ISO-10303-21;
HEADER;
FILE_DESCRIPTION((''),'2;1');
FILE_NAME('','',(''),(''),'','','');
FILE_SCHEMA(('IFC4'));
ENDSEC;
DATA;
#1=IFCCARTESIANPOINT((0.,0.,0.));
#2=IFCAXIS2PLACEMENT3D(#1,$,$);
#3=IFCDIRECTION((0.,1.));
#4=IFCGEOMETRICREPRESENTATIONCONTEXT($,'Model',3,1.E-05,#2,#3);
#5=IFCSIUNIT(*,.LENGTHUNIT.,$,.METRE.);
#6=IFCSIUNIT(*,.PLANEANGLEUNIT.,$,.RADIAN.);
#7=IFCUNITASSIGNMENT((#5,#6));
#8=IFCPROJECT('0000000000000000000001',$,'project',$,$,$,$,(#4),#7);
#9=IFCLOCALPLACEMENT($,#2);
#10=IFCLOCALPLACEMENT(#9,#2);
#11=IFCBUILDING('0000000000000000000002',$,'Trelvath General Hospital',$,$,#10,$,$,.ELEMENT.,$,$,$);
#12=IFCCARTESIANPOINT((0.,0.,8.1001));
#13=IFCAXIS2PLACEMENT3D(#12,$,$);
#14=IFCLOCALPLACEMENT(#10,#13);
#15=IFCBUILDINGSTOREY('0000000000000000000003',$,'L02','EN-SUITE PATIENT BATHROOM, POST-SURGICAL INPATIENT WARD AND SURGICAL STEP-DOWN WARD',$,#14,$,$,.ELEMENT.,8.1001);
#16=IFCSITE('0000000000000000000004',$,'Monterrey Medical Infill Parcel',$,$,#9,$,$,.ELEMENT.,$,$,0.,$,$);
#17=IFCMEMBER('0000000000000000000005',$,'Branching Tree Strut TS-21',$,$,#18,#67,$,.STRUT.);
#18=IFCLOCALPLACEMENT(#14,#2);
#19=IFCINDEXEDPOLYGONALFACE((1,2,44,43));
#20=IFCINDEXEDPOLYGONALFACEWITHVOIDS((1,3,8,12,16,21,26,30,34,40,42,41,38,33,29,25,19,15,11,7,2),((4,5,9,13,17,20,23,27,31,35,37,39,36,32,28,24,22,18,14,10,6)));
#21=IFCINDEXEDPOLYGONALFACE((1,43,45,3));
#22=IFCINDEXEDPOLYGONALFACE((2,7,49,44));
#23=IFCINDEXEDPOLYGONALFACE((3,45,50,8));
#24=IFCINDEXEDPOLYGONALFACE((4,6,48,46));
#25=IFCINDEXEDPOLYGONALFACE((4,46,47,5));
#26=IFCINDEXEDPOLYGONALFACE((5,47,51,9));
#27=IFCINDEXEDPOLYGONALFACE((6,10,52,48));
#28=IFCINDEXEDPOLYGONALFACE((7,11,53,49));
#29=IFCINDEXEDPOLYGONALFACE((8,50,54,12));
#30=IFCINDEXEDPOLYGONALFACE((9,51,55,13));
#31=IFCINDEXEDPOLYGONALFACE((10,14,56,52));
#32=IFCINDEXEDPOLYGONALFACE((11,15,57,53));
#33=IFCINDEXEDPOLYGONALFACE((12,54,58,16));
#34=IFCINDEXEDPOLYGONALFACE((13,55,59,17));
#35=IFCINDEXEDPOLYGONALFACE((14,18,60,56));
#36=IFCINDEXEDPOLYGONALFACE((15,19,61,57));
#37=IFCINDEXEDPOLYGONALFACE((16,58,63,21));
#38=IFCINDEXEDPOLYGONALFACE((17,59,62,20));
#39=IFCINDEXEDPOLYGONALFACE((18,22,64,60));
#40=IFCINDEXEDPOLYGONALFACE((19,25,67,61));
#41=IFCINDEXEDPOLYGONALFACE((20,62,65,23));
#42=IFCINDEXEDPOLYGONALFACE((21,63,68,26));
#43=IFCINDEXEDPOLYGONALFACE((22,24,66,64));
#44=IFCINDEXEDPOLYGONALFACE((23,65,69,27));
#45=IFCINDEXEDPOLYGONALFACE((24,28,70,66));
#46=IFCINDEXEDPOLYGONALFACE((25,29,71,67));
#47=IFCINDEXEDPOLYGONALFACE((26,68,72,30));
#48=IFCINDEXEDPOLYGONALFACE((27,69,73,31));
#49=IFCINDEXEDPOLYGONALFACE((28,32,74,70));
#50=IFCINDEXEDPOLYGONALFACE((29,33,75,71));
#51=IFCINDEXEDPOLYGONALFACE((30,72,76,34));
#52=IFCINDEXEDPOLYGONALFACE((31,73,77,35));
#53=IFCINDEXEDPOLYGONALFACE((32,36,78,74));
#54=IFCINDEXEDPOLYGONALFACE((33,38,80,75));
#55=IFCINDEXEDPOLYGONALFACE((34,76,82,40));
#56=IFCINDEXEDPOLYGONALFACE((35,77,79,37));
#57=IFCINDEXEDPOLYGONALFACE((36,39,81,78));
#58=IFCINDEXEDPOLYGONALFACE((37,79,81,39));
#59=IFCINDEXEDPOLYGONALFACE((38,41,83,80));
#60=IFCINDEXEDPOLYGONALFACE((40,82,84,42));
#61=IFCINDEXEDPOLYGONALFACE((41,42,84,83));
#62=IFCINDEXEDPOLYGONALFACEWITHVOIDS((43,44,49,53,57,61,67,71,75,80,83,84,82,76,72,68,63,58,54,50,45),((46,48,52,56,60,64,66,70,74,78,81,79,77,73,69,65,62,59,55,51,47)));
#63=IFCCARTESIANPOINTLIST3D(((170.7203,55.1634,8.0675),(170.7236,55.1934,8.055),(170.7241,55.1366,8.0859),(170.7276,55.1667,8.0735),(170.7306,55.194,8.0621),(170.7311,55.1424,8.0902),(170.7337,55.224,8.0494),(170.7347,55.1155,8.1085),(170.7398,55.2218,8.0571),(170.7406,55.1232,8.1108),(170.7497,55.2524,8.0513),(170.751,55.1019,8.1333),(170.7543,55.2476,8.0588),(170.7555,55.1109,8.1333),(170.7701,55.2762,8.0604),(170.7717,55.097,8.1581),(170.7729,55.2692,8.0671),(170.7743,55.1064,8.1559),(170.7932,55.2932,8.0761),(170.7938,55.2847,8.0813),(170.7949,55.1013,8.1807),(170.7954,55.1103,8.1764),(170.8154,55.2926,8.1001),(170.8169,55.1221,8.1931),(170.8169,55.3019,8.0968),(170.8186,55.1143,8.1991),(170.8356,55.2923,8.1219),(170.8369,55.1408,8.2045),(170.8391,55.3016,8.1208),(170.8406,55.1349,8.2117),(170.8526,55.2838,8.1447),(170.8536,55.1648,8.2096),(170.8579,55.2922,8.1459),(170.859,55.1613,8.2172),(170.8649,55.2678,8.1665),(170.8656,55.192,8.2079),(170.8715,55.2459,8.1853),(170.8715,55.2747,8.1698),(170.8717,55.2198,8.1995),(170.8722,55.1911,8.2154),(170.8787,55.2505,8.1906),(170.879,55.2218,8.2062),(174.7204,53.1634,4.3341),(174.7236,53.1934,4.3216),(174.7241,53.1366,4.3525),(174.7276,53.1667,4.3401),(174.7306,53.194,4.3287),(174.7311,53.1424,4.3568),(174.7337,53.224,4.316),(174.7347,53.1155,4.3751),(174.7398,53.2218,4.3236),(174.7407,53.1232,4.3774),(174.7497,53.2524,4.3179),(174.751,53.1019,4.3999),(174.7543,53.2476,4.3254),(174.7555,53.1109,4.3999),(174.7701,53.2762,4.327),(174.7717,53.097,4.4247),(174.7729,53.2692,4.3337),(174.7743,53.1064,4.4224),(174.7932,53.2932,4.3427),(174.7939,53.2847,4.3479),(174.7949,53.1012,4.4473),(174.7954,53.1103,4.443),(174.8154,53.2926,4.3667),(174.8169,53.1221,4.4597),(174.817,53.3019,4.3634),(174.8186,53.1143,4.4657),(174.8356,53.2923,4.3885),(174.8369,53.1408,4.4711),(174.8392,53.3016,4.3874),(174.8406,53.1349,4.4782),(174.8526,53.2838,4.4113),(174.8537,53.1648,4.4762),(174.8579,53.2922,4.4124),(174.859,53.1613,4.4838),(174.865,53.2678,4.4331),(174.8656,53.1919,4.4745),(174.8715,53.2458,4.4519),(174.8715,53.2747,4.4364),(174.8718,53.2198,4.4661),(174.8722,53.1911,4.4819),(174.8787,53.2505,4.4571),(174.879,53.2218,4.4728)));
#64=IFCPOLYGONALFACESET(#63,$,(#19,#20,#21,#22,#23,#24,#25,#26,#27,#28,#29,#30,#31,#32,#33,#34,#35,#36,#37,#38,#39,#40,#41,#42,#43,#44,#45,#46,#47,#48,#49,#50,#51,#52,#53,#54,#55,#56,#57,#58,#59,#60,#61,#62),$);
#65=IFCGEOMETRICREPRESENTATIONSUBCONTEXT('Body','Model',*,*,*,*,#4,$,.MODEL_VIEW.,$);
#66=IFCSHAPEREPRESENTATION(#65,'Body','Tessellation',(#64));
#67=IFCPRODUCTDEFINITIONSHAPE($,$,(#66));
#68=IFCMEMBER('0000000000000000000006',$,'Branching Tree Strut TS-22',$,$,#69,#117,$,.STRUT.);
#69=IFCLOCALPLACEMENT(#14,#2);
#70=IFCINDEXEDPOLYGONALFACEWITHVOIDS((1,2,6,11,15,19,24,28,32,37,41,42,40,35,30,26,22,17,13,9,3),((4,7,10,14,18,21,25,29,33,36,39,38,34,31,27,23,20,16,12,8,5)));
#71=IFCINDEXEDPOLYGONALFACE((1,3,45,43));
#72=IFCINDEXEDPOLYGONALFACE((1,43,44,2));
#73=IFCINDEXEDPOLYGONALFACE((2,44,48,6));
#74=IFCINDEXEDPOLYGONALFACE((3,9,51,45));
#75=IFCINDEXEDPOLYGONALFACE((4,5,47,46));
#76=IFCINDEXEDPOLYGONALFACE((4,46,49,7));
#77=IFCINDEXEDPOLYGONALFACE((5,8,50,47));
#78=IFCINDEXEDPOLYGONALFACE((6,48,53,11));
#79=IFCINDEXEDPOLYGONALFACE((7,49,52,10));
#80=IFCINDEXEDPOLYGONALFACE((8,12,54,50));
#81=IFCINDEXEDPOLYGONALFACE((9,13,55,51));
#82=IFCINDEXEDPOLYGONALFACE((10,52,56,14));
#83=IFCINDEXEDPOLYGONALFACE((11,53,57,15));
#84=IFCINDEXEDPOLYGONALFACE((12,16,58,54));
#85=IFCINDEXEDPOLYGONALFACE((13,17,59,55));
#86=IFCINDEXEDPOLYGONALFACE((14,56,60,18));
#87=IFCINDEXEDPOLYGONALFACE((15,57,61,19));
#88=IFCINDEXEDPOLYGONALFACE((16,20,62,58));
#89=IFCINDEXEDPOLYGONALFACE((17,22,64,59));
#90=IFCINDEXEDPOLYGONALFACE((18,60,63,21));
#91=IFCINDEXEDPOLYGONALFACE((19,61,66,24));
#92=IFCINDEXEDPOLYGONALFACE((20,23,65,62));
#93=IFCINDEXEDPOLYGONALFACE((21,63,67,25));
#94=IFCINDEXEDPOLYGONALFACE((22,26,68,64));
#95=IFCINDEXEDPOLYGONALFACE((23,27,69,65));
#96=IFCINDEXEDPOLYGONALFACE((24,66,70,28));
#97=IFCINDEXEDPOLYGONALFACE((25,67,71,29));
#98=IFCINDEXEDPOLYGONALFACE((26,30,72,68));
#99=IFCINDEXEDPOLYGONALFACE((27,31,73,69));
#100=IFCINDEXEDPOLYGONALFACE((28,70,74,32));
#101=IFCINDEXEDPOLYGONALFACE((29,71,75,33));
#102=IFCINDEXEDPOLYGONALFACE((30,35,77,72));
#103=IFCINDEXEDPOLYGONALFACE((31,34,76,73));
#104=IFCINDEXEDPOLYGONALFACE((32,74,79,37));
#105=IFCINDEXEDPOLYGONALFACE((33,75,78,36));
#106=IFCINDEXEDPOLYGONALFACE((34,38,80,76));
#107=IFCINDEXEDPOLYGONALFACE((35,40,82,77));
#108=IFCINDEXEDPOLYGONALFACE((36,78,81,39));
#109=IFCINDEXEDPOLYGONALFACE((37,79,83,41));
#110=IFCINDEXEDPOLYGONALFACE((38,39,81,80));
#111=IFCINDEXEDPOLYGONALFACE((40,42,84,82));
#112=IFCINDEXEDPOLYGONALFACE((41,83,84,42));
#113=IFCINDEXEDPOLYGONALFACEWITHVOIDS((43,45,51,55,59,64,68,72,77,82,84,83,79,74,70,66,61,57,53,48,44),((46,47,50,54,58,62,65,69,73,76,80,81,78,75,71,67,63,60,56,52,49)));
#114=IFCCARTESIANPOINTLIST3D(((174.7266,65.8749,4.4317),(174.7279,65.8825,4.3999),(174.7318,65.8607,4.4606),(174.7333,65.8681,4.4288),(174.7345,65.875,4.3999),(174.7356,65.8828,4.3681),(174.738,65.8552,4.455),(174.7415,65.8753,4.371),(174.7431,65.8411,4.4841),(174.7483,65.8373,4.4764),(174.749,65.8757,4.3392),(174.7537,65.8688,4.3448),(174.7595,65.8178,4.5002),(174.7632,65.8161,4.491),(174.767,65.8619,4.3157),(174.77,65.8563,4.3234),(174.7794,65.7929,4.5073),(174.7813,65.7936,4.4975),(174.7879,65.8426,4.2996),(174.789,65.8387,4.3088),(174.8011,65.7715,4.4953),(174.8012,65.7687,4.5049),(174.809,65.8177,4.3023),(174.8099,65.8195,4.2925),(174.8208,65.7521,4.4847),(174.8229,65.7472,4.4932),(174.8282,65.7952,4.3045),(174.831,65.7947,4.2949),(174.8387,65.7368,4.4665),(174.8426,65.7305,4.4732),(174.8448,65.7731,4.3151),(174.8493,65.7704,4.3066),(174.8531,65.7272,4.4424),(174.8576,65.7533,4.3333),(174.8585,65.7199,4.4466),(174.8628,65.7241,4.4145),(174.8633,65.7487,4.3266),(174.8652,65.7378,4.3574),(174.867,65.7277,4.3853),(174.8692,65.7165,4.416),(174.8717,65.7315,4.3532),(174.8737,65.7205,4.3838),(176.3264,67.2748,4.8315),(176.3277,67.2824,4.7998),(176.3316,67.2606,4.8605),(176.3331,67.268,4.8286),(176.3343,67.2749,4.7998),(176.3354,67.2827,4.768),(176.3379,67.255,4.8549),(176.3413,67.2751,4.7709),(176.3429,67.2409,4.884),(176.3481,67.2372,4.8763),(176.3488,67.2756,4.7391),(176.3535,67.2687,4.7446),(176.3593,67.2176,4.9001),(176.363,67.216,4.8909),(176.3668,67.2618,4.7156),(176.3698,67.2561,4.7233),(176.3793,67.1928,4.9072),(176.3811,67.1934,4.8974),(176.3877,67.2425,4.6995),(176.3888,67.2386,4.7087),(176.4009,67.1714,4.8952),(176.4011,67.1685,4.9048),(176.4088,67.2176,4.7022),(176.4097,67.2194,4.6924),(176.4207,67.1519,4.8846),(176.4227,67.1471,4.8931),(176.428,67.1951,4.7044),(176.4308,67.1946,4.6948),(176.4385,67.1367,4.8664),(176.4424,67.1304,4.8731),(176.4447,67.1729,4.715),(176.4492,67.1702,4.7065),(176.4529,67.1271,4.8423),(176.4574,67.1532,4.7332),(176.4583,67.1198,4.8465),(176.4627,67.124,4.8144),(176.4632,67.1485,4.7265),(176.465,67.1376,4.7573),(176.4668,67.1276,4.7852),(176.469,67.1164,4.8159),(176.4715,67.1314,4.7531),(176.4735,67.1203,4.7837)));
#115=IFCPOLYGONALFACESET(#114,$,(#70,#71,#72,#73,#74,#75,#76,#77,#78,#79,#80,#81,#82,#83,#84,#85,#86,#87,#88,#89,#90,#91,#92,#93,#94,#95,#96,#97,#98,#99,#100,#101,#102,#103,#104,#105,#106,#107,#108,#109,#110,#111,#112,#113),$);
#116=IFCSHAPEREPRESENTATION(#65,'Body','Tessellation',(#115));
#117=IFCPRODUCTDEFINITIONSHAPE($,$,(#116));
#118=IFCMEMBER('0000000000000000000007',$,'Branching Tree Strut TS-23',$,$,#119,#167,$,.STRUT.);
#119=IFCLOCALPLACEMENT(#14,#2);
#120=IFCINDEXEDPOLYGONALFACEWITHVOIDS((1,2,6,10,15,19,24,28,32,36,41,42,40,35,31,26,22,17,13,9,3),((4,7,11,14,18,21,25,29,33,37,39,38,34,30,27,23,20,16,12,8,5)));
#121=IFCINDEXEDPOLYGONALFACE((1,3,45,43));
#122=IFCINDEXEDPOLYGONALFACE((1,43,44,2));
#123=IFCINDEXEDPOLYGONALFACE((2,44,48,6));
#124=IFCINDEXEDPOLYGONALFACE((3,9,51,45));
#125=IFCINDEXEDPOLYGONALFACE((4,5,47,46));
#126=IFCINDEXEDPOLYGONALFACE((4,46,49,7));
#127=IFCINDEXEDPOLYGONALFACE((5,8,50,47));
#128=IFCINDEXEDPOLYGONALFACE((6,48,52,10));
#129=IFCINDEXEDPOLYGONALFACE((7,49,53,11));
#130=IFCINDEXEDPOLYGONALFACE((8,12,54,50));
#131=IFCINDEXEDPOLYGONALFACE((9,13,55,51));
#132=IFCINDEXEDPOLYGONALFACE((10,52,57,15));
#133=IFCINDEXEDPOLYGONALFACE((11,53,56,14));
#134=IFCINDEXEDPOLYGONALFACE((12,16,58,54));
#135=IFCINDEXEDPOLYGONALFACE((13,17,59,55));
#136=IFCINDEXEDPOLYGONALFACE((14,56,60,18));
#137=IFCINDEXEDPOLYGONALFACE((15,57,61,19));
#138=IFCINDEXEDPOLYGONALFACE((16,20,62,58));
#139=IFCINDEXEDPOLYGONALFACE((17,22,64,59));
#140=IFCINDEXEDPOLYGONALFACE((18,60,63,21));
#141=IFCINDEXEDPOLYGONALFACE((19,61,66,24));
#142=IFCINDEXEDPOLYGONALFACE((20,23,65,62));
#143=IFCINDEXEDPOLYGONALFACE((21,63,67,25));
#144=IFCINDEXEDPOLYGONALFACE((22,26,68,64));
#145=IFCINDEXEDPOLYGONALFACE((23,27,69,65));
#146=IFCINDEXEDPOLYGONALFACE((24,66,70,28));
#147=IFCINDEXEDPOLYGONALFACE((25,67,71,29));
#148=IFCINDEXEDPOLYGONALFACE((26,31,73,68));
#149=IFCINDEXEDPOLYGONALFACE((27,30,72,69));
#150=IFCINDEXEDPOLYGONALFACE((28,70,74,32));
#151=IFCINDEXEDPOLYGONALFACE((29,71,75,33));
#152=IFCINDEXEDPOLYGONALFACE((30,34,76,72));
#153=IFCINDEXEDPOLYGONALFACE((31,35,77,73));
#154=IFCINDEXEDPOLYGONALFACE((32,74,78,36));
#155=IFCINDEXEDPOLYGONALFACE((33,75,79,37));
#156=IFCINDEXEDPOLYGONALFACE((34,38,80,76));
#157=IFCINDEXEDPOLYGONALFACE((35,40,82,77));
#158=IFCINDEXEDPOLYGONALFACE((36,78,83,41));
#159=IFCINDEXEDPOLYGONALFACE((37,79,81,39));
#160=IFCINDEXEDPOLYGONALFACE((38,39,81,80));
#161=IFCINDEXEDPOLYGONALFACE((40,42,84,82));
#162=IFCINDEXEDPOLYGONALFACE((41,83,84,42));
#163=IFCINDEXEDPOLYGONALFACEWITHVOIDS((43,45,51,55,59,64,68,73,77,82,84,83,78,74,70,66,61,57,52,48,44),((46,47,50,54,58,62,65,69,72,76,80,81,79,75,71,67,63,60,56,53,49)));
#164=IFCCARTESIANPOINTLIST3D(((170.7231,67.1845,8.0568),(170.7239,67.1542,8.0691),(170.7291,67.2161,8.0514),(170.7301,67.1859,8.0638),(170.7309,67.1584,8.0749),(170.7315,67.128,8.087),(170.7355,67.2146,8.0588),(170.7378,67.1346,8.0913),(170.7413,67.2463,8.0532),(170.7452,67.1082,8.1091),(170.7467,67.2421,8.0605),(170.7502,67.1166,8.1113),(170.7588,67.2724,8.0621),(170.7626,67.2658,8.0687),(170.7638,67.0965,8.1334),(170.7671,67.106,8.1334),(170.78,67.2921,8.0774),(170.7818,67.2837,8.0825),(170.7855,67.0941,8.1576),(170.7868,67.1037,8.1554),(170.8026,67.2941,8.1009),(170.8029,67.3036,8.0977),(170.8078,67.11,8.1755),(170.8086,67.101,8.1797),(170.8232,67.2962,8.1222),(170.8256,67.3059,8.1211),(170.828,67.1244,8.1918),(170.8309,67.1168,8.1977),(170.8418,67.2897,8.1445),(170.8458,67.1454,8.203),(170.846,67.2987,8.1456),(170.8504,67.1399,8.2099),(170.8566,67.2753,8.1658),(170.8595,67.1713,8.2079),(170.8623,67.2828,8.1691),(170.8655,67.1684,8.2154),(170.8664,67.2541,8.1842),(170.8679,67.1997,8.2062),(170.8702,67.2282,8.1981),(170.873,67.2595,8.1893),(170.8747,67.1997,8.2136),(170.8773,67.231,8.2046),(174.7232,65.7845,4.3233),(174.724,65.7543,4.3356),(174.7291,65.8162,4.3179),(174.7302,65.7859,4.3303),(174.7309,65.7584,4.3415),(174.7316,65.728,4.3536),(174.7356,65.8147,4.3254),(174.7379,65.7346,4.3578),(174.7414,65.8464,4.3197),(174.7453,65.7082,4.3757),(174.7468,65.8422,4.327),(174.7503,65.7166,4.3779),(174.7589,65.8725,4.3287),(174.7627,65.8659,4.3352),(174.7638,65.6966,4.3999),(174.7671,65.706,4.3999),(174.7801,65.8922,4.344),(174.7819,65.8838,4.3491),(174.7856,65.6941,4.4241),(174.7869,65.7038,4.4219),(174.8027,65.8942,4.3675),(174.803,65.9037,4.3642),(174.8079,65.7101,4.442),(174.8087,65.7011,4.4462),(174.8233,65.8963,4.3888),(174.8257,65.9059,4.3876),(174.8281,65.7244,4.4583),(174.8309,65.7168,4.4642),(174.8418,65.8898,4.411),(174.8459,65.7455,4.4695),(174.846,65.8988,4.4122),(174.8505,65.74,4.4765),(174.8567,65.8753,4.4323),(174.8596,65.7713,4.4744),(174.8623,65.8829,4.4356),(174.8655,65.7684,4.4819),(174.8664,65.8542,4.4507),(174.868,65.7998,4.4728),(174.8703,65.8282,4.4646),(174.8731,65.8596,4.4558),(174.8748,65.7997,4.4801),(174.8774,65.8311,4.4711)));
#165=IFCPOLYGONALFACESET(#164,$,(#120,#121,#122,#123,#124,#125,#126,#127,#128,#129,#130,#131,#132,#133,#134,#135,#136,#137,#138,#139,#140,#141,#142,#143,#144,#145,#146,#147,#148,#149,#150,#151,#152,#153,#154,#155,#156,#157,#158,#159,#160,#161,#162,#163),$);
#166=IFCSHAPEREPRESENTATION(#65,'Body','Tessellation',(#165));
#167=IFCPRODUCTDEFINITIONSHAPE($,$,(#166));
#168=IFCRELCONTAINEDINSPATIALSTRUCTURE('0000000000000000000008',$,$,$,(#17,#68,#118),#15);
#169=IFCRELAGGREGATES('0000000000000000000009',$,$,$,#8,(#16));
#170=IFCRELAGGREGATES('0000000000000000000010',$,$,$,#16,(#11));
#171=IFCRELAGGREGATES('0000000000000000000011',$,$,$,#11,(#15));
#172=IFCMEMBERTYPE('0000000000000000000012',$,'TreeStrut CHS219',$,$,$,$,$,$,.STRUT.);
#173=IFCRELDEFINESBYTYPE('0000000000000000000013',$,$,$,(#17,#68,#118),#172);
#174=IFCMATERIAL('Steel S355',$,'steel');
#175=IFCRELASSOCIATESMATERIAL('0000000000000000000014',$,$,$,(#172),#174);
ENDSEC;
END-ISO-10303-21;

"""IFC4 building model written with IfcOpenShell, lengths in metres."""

from ifc_helpers import new_model, si_unit, direction, frame, origin, origin_2d, place, context, subcontext, project, spatial, hollow_circle, extrude, material, material_profile, profile_set, type_object, element, save


model = new_model("IFC4")

# Units and contexts
model_context = context("Model", 3, precision=1e-05, world=origin(), true_north=direction((0.0, 1.0)))
body_context = subcontext(model_context, "Body", "Model", "MODEL_VIEW")
ifc_project = project(units=[si_unit("LENGTHUNIT", "METRE"), si_unit("PLANEANGLEUNIT", "RADIAN")], contexts=[model_context])

# Site, building, storey
site_placement = place(None, origin())
site = spatial("IfcSite", under=ifc_project, at=site_placement, Name="Monterrey Medical Infill Parcel", CompositionType="ELEMENT", RefElevation=0.0)
building_placement = place(site_placement, origin())
building = spatial("IfcBuilding", under=site, at=building_placement, Name="Trelvath General Hospital", CompositionType="ELEMENT")
storey_placement = place(building_placement, frame((0.0, 0.0, 8.1001)))
storey = spatial("IfcBuildingStorey", under=building, at=storey_placement, Name="L02", Description="EN-SUITE PATIENT BATHROOM, POST-SURGICAL INPATIENT WARD AND SURGICAL STEP-DOWN WARD", CompositionType="ELEMENT", Elevation=8.1001)

# Members
ifc_material_1 = material(Name="Steel S355", Category="steel")
ifc_material_profile_1 = material_profile(ifc_material_1, hollow_circle(Radius=0.1096, WallThickness=0.01, at=origin_2d()), Name="CHS219.1x10.0")
ifc_profile_set_1 = profile_set([ifc_material_profile_1], Name="Steel S355")
member_type_1 = type_object("IfcMemberType", Name="TreeStrut CHS219", PredefinedType="STRUT", material=ifc_profile_set_1)
member_1_placement = place(storey_placement, frame((174.8, 53.2, 4.3999), z_axis=(-0.686618, 0.343309, 0.640855), x_axis=(-0.447214, -0.894427, 0.0)))
element("IfcMember", 1, at=member_1_placement, inside=storey, type_object=member_type_1, Name="Branching Tree Strut TS-21", PredefinedType="STRUT", context=body_context, shape_type="SweptSolid", body=[
    extrude(hollow_circle(Radius=0.1096, WallThickness=0.01, at=origin_2d()), origin(), (0.0, 0.0, 1.0), 5.8257),
])
member_2_placement = place(storey_placement, frame((174.8, 65.8, 4.3999), z_axis=(0.739597, 0.647162, 0.184871), x_axis=(-0.658513, 0.75257, 0.0)))
element("IfcMember", 2, at=member_2_placement, inside=storey, type_object=member_type_1, Name="Branching Tree Strut TS-22", PredefinedType="STRUT", context=body_context, shape_type="SweptSolid", body=[
    extrude(hollow_circle(Radius=0.1096, WallThickness=0.01, at=origin_2d()), origin(), (0.0, 0.0, 1.0), 2.1631),
])
member_3_placement = place(storey_placement, frame((174.8, 65.8, 4.3999), z_axis=(-0.708237, 0.247865, 0.661032), x_axis=(-0.33033, -0.943866, 0.0)))
element("IfcMember", 3, at=member_3_placement, inside=storey, type_object=member_type_1, Name="Branching Tree Strut TS-23", PredefinedType="STRUT", context=body_context, shape_type="SweptSolid", body=[
    extrude(hollow_circle(Radius=0.1096, WallThickness=0.01, at=origin_2d()), origin(), (0.0, 0.0, 1.0), 5.6479),
])

save(model, "model.ifc")
